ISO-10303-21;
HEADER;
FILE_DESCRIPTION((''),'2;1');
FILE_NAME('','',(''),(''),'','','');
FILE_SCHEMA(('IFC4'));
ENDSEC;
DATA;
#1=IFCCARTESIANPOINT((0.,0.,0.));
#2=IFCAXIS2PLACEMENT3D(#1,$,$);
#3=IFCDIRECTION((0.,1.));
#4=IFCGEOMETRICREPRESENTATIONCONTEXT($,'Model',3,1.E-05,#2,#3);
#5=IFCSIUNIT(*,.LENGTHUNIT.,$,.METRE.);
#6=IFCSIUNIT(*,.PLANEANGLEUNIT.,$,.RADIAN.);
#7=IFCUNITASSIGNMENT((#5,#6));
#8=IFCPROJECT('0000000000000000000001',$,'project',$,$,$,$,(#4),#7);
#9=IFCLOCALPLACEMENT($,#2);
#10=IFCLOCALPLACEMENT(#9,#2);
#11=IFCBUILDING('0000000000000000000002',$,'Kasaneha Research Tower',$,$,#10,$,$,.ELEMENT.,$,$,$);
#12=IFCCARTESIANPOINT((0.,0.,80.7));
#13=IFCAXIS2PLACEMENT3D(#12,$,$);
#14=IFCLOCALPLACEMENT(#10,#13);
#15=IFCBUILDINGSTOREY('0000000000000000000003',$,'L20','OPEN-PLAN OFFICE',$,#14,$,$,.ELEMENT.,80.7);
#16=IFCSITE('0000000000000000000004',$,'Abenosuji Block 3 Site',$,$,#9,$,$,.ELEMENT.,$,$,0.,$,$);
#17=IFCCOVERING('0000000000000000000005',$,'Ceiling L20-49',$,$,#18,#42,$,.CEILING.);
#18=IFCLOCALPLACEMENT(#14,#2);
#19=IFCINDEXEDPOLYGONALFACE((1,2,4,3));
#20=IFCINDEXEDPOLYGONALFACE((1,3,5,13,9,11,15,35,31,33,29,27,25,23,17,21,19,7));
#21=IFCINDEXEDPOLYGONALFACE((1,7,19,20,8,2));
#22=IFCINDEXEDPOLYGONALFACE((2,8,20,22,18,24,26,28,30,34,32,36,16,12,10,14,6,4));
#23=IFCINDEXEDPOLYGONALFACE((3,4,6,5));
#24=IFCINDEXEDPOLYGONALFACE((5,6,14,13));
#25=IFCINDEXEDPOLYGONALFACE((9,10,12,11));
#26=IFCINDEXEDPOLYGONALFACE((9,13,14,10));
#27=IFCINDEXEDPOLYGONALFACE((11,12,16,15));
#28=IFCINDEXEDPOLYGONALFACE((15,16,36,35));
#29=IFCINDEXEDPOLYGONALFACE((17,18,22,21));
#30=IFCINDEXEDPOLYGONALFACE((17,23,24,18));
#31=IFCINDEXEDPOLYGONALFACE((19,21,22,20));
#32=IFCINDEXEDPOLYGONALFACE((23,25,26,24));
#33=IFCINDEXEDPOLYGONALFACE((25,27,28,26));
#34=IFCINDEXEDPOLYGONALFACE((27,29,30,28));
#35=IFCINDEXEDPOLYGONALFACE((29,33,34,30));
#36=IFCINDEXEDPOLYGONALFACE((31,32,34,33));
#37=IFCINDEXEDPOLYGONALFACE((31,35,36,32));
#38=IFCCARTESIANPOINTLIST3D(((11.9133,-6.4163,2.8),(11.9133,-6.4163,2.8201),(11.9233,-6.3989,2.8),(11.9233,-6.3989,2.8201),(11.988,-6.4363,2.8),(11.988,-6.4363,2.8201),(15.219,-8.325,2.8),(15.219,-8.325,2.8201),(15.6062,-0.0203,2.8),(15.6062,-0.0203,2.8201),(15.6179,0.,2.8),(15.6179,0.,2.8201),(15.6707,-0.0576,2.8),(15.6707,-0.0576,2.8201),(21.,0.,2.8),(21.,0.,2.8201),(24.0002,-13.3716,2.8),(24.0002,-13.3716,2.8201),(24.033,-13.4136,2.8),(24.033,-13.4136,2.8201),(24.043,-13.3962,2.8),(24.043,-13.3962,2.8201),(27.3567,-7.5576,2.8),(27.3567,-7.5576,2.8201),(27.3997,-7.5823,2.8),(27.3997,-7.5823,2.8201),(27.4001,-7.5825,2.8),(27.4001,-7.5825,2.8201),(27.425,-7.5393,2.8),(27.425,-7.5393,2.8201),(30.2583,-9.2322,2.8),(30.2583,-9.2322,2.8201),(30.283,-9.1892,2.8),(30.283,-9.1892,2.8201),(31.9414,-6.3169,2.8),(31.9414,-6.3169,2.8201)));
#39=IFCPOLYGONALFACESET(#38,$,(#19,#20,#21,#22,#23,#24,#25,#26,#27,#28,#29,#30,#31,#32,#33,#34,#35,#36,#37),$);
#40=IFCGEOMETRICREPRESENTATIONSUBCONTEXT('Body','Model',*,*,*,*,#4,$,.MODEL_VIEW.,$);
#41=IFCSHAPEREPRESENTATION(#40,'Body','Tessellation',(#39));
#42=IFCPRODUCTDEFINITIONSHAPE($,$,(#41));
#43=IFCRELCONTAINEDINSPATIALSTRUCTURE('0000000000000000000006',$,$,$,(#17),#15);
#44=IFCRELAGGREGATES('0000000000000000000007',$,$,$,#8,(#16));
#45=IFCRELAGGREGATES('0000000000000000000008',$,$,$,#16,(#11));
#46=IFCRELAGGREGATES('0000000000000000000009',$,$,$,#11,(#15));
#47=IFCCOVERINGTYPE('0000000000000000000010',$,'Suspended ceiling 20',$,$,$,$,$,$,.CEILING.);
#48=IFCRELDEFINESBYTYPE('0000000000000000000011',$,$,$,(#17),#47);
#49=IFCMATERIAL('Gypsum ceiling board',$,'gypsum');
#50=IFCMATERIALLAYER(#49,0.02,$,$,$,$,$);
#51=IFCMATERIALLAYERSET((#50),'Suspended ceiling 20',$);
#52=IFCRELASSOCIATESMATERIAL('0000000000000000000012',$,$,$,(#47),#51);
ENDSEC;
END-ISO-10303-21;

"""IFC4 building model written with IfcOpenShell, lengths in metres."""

from ifc_helpers import new_model, si_unit, direction, frame, origin, place, context, subcontext, project, spatial, polyline, outline, extrude, material, layer, layer_set, type_object, element, save


model = new_model("IFC4")

# Units and contexts
model_context = context("Model", 3, precision=1e-05, world=origin(), true_north=direction((0.0, 1.0)))
body_context = subcontext(model_context, "Body", "Model", "MODEL_VIEW")
ifc_project = project(units=[si_unit("LENGTHUNIT", "METRE"), si_unit("PLANEANGLEUNIT", "RADIAN")], contexts=[model_context])

# Site, building, storey
site_placement = place(None, origin())
site = spatial("IfcSite", under=ifc_project, at=site_placement, Name="Abenosuji Block 3 Site", CompositionType="ELEMENT", RefElevation=0.0)
building_placement = place(site_placement, origin())
building = spatial("IfcBuilding", under=site, at=building_placement, Name="Kasaneha Research Tower", CompositionType="ELEMENT")
storey_placement = place(building_placement, frame((0.0, 0.0, 80.7)))
storey = spatial("IfcBuildingStorey", under=building, at=storey_placement, Name="L20", Description="OPEN-PLAN OFFICE", CompositionType="ELEMENT", Elevation=80.7)

# Covering
ifc_material_1 = material(Name="Gypsum ceiling board", Category="gypsum")
ifc_layer_1 = layer(ifc_material_1, 0.02)
ifc_layer_set_1 = layer_set([ifc_layer_1], Name="Suspended ceiling 20")
covering_type = type_object("IfcCoveringType", Name="Suspended ceiling 20", PredefinedType="CEILING", material=ifc_layer_set_1)
covering_1_placement = place(storey_placement, frame((0.0, 0.0, 2.8)))
element("IfcCovering", 1, at=covering_1_placement, inside=storey, type_object=covering_type, Name="Ceiling L20-49", PredefinedType="CEILING", context=body_context, shape_type="SweptSolid", body=[
    extrude(outline(polyline([(21.0, 0.0), (31.9414, -6.3169), (30.2583, -9.2322), (30.2583, -9.2322), (30.283, -9.1892), (27.425, -7.5393), (27.4001, -7.5825), (27.3997, -7.5823), (27.3997, -7.5823), (27.3567, -7.5576), (24.0002, -13.3716), (24.043, -13.3962), (24.033, -13.4136), (15.219, -8.325), (11.9133, -6.4163), (11.9233, -6.3989), (11.988, -6.4363), (15.6707, -0.0576), (15.6062, -0.0203), (15.6179, 0.0), (21.0, 0.0)])), origin(), (0.0, 0.0, 1.0), 0.02),
])

save(model, "model.ifc")
